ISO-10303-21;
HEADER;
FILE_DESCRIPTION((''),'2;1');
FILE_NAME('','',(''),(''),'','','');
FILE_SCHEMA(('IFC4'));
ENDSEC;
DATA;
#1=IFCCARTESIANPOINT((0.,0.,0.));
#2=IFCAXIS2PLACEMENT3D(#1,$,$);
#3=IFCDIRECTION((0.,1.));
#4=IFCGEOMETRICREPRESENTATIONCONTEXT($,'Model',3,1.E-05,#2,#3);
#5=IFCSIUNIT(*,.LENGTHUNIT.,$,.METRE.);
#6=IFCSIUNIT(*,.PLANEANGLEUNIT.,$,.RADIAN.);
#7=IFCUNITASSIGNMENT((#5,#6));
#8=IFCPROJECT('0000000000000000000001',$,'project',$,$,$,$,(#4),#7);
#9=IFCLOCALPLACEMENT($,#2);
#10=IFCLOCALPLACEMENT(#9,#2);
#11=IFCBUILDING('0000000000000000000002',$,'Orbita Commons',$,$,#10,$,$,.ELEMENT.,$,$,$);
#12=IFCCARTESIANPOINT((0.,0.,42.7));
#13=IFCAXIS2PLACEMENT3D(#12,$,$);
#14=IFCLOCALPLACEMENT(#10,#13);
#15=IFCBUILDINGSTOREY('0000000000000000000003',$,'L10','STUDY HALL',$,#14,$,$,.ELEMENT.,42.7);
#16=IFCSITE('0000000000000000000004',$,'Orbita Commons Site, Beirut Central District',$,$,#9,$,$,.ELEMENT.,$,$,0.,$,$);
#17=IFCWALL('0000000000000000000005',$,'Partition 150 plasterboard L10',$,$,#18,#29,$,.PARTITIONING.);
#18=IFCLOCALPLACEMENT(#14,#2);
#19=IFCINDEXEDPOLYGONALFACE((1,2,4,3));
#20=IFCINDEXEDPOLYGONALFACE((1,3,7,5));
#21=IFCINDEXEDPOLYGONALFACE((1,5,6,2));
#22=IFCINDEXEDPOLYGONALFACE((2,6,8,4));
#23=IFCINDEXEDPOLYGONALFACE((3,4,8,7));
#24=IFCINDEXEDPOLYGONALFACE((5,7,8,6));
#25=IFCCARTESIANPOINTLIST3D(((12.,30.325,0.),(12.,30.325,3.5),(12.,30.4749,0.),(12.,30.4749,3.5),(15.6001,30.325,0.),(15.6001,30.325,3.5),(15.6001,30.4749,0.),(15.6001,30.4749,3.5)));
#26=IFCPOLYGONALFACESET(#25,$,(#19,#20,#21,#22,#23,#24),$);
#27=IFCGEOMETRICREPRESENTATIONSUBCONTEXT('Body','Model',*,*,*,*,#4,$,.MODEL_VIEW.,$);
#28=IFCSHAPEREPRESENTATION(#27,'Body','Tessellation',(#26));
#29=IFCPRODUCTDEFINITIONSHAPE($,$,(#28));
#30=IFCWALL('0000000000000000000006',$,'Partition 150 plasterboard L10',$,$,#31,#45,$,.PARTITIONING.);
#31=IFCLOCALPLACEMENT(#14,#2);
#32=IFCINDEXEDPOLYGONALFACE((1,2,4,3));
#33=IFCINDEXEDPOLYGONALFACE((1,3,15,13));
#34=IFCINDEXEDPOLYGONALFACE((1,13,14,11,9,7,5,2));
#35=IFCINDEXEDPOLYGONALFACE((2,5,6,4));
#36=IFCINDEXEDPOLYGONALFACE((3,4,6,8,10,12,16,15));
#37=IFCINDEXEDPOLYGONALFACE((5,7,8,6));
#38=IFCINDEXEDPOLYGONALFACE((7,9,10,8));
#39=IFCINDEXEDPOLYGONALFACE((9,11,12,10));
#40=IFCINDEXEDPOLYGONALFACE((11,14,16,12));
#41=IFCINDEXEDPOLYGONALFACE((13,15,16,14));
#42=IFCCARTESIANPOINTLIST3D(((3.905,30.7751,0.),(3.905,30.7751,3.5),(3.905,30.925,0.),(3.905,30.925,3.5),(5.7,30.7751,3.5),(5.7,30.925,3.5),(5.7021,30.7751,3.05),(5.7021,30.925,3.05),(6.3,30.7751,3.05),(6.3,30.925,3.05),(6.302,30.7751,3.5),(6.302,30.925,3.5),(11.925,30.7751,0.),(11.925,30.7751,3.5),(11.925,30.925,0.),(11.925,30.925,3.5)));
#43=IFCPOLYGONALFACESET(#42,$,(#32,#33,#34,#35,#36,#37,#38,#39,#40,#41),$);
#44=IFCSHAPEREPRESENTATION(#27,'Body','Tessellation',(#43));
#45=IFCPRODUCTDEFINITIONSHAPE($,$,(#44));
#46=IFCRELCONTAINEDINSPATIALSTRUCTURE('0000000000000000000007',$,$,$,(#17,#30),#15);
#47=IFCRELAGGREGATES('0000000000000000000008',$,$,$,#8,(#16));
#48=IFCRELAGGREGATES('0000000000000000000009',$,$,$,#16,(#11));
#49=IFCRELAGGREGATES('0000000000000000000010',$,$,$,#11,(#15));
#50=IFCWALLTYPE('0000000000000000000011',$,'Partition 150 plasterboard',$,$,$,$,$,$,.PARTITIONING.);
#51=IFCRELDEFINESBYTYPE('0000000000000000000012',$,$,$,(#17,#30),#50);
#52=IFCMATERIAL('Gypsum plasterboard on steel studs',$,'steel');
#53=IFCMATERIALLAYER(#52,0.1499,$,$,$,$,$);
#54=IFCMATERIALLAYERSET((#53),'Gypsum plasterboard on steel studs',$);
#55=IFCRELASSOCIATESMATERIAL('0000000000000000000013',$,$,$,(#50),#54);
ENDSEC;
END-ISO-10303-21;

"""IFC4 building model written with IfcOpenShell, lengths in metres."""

from ifc_helpers import new_model, si_unit, direction, frame, frame_2d, origin, place, context, subcontext, project, spatial, polyline, rectangle, outline, extrude, material, layer, layer_set, type_object, element, save


model = new_model("IFC4")

# Units and contexts
model_context = context("Model", 3, precision=1e-05, world=origin(), true_north=direction((0.0, 1.0)))
body_context = subcontext(model_context, "Body", "Model", "MODEL_VIEW")
ifc_project = project(units=[si_unit("LENGTHUNIT", "METRE"), si_unit("PLANEANGLEUNIT", "RADIAN")], contexts=[model_context])

# Site, building, storey
site_placement = place(None, origin())
site = spatial("IfcSite", under=ifc_project, at=site_placement, Name="Orbita Commons Site, Beirut Central District", CompositionType="ELEMENT", RefElevation=0.0)
building_placement = place(site_placement, origin())
building = spatial("IfcBuilding", under=site, at=building_placement, Name="Orbita Commons", CompositionType="ELEMENT")
storey_placement = place(building_placement, frame((0.0, 0.0, 42.7)))
storey = spatial("IfcBuildingStorey", under=building, at=storey_placement, Name="L10", Description="STUDY HALL", CompositionType="ELEMENT", Elevation=42.7)

# Walls
ifc_material_1 = material(Name="Gypsum plasterboard on steel studs", Category="steel")
ifc_layer_1 = layer(ifc_material_1, 0.1499)
ifc_layer_set_1 = layer_set([ifc_layer_1], Name="Gypsum plasterboard on steel studs")
wall_type_1 = type_object("IfcWallType", Name="Partition 150 plasterboard", PredefinedType="PARTITIONING", material=ifc_layer_set_1)
wall_1_placement = place(storey_placement, frame((12.0, 30.3999, 0.0), z_axis=(0.0, 0.0, 1.0), x_axis=(1.0, 0.0, 0.0)))
element("IfcWall", 1, at=wall_1_placement, inside=storey, type_object=wall_type_1, Name="Partition 150 plasterboard L10", PredefinedType="PARTITIONING", context=body_context, shape_type="SweptSolid", body=[
    extrude(rectangle(XDim=3.6001, YDim=0.1499, at=frame_2d((1.8, 0.0))), origin(), (0.0, 0.0, 1.0), 3.5),
])
wall_2_placement = place(storey_placement, frame((3.905, 30.8501, 0.0), z_axis=(0.0, 0.0, 1.0), x_axis=(1.0, 0.0, 0.0)))
element("IfcWall", 2, at=wall_2_placement, inside=storey, type_object=wall_type_1, Name="Partition 150 plasterboard L10", PredefinedType="PARTITIONING", context=body_context, shape_type="SweptSolid", body=[
    extrude(outline(polyline([(0.0, 0.0), (8.02, 0.0), (8.02, 3.5), (2.397, 3.5), (2.395, 3.05), (1.7971, 3.05), (1.7949, 3.5), (0.0, 3.5), (0.0, 0.0)])), frame((0.0, 0.075, 0.0), z_axis=(0.0, -1.0, 0.0), x_axis=(1.0, 0.0, 0.0)), (0.0, 0.0, 1.0), 0.1499),
])

save(model, "model.ifc")
